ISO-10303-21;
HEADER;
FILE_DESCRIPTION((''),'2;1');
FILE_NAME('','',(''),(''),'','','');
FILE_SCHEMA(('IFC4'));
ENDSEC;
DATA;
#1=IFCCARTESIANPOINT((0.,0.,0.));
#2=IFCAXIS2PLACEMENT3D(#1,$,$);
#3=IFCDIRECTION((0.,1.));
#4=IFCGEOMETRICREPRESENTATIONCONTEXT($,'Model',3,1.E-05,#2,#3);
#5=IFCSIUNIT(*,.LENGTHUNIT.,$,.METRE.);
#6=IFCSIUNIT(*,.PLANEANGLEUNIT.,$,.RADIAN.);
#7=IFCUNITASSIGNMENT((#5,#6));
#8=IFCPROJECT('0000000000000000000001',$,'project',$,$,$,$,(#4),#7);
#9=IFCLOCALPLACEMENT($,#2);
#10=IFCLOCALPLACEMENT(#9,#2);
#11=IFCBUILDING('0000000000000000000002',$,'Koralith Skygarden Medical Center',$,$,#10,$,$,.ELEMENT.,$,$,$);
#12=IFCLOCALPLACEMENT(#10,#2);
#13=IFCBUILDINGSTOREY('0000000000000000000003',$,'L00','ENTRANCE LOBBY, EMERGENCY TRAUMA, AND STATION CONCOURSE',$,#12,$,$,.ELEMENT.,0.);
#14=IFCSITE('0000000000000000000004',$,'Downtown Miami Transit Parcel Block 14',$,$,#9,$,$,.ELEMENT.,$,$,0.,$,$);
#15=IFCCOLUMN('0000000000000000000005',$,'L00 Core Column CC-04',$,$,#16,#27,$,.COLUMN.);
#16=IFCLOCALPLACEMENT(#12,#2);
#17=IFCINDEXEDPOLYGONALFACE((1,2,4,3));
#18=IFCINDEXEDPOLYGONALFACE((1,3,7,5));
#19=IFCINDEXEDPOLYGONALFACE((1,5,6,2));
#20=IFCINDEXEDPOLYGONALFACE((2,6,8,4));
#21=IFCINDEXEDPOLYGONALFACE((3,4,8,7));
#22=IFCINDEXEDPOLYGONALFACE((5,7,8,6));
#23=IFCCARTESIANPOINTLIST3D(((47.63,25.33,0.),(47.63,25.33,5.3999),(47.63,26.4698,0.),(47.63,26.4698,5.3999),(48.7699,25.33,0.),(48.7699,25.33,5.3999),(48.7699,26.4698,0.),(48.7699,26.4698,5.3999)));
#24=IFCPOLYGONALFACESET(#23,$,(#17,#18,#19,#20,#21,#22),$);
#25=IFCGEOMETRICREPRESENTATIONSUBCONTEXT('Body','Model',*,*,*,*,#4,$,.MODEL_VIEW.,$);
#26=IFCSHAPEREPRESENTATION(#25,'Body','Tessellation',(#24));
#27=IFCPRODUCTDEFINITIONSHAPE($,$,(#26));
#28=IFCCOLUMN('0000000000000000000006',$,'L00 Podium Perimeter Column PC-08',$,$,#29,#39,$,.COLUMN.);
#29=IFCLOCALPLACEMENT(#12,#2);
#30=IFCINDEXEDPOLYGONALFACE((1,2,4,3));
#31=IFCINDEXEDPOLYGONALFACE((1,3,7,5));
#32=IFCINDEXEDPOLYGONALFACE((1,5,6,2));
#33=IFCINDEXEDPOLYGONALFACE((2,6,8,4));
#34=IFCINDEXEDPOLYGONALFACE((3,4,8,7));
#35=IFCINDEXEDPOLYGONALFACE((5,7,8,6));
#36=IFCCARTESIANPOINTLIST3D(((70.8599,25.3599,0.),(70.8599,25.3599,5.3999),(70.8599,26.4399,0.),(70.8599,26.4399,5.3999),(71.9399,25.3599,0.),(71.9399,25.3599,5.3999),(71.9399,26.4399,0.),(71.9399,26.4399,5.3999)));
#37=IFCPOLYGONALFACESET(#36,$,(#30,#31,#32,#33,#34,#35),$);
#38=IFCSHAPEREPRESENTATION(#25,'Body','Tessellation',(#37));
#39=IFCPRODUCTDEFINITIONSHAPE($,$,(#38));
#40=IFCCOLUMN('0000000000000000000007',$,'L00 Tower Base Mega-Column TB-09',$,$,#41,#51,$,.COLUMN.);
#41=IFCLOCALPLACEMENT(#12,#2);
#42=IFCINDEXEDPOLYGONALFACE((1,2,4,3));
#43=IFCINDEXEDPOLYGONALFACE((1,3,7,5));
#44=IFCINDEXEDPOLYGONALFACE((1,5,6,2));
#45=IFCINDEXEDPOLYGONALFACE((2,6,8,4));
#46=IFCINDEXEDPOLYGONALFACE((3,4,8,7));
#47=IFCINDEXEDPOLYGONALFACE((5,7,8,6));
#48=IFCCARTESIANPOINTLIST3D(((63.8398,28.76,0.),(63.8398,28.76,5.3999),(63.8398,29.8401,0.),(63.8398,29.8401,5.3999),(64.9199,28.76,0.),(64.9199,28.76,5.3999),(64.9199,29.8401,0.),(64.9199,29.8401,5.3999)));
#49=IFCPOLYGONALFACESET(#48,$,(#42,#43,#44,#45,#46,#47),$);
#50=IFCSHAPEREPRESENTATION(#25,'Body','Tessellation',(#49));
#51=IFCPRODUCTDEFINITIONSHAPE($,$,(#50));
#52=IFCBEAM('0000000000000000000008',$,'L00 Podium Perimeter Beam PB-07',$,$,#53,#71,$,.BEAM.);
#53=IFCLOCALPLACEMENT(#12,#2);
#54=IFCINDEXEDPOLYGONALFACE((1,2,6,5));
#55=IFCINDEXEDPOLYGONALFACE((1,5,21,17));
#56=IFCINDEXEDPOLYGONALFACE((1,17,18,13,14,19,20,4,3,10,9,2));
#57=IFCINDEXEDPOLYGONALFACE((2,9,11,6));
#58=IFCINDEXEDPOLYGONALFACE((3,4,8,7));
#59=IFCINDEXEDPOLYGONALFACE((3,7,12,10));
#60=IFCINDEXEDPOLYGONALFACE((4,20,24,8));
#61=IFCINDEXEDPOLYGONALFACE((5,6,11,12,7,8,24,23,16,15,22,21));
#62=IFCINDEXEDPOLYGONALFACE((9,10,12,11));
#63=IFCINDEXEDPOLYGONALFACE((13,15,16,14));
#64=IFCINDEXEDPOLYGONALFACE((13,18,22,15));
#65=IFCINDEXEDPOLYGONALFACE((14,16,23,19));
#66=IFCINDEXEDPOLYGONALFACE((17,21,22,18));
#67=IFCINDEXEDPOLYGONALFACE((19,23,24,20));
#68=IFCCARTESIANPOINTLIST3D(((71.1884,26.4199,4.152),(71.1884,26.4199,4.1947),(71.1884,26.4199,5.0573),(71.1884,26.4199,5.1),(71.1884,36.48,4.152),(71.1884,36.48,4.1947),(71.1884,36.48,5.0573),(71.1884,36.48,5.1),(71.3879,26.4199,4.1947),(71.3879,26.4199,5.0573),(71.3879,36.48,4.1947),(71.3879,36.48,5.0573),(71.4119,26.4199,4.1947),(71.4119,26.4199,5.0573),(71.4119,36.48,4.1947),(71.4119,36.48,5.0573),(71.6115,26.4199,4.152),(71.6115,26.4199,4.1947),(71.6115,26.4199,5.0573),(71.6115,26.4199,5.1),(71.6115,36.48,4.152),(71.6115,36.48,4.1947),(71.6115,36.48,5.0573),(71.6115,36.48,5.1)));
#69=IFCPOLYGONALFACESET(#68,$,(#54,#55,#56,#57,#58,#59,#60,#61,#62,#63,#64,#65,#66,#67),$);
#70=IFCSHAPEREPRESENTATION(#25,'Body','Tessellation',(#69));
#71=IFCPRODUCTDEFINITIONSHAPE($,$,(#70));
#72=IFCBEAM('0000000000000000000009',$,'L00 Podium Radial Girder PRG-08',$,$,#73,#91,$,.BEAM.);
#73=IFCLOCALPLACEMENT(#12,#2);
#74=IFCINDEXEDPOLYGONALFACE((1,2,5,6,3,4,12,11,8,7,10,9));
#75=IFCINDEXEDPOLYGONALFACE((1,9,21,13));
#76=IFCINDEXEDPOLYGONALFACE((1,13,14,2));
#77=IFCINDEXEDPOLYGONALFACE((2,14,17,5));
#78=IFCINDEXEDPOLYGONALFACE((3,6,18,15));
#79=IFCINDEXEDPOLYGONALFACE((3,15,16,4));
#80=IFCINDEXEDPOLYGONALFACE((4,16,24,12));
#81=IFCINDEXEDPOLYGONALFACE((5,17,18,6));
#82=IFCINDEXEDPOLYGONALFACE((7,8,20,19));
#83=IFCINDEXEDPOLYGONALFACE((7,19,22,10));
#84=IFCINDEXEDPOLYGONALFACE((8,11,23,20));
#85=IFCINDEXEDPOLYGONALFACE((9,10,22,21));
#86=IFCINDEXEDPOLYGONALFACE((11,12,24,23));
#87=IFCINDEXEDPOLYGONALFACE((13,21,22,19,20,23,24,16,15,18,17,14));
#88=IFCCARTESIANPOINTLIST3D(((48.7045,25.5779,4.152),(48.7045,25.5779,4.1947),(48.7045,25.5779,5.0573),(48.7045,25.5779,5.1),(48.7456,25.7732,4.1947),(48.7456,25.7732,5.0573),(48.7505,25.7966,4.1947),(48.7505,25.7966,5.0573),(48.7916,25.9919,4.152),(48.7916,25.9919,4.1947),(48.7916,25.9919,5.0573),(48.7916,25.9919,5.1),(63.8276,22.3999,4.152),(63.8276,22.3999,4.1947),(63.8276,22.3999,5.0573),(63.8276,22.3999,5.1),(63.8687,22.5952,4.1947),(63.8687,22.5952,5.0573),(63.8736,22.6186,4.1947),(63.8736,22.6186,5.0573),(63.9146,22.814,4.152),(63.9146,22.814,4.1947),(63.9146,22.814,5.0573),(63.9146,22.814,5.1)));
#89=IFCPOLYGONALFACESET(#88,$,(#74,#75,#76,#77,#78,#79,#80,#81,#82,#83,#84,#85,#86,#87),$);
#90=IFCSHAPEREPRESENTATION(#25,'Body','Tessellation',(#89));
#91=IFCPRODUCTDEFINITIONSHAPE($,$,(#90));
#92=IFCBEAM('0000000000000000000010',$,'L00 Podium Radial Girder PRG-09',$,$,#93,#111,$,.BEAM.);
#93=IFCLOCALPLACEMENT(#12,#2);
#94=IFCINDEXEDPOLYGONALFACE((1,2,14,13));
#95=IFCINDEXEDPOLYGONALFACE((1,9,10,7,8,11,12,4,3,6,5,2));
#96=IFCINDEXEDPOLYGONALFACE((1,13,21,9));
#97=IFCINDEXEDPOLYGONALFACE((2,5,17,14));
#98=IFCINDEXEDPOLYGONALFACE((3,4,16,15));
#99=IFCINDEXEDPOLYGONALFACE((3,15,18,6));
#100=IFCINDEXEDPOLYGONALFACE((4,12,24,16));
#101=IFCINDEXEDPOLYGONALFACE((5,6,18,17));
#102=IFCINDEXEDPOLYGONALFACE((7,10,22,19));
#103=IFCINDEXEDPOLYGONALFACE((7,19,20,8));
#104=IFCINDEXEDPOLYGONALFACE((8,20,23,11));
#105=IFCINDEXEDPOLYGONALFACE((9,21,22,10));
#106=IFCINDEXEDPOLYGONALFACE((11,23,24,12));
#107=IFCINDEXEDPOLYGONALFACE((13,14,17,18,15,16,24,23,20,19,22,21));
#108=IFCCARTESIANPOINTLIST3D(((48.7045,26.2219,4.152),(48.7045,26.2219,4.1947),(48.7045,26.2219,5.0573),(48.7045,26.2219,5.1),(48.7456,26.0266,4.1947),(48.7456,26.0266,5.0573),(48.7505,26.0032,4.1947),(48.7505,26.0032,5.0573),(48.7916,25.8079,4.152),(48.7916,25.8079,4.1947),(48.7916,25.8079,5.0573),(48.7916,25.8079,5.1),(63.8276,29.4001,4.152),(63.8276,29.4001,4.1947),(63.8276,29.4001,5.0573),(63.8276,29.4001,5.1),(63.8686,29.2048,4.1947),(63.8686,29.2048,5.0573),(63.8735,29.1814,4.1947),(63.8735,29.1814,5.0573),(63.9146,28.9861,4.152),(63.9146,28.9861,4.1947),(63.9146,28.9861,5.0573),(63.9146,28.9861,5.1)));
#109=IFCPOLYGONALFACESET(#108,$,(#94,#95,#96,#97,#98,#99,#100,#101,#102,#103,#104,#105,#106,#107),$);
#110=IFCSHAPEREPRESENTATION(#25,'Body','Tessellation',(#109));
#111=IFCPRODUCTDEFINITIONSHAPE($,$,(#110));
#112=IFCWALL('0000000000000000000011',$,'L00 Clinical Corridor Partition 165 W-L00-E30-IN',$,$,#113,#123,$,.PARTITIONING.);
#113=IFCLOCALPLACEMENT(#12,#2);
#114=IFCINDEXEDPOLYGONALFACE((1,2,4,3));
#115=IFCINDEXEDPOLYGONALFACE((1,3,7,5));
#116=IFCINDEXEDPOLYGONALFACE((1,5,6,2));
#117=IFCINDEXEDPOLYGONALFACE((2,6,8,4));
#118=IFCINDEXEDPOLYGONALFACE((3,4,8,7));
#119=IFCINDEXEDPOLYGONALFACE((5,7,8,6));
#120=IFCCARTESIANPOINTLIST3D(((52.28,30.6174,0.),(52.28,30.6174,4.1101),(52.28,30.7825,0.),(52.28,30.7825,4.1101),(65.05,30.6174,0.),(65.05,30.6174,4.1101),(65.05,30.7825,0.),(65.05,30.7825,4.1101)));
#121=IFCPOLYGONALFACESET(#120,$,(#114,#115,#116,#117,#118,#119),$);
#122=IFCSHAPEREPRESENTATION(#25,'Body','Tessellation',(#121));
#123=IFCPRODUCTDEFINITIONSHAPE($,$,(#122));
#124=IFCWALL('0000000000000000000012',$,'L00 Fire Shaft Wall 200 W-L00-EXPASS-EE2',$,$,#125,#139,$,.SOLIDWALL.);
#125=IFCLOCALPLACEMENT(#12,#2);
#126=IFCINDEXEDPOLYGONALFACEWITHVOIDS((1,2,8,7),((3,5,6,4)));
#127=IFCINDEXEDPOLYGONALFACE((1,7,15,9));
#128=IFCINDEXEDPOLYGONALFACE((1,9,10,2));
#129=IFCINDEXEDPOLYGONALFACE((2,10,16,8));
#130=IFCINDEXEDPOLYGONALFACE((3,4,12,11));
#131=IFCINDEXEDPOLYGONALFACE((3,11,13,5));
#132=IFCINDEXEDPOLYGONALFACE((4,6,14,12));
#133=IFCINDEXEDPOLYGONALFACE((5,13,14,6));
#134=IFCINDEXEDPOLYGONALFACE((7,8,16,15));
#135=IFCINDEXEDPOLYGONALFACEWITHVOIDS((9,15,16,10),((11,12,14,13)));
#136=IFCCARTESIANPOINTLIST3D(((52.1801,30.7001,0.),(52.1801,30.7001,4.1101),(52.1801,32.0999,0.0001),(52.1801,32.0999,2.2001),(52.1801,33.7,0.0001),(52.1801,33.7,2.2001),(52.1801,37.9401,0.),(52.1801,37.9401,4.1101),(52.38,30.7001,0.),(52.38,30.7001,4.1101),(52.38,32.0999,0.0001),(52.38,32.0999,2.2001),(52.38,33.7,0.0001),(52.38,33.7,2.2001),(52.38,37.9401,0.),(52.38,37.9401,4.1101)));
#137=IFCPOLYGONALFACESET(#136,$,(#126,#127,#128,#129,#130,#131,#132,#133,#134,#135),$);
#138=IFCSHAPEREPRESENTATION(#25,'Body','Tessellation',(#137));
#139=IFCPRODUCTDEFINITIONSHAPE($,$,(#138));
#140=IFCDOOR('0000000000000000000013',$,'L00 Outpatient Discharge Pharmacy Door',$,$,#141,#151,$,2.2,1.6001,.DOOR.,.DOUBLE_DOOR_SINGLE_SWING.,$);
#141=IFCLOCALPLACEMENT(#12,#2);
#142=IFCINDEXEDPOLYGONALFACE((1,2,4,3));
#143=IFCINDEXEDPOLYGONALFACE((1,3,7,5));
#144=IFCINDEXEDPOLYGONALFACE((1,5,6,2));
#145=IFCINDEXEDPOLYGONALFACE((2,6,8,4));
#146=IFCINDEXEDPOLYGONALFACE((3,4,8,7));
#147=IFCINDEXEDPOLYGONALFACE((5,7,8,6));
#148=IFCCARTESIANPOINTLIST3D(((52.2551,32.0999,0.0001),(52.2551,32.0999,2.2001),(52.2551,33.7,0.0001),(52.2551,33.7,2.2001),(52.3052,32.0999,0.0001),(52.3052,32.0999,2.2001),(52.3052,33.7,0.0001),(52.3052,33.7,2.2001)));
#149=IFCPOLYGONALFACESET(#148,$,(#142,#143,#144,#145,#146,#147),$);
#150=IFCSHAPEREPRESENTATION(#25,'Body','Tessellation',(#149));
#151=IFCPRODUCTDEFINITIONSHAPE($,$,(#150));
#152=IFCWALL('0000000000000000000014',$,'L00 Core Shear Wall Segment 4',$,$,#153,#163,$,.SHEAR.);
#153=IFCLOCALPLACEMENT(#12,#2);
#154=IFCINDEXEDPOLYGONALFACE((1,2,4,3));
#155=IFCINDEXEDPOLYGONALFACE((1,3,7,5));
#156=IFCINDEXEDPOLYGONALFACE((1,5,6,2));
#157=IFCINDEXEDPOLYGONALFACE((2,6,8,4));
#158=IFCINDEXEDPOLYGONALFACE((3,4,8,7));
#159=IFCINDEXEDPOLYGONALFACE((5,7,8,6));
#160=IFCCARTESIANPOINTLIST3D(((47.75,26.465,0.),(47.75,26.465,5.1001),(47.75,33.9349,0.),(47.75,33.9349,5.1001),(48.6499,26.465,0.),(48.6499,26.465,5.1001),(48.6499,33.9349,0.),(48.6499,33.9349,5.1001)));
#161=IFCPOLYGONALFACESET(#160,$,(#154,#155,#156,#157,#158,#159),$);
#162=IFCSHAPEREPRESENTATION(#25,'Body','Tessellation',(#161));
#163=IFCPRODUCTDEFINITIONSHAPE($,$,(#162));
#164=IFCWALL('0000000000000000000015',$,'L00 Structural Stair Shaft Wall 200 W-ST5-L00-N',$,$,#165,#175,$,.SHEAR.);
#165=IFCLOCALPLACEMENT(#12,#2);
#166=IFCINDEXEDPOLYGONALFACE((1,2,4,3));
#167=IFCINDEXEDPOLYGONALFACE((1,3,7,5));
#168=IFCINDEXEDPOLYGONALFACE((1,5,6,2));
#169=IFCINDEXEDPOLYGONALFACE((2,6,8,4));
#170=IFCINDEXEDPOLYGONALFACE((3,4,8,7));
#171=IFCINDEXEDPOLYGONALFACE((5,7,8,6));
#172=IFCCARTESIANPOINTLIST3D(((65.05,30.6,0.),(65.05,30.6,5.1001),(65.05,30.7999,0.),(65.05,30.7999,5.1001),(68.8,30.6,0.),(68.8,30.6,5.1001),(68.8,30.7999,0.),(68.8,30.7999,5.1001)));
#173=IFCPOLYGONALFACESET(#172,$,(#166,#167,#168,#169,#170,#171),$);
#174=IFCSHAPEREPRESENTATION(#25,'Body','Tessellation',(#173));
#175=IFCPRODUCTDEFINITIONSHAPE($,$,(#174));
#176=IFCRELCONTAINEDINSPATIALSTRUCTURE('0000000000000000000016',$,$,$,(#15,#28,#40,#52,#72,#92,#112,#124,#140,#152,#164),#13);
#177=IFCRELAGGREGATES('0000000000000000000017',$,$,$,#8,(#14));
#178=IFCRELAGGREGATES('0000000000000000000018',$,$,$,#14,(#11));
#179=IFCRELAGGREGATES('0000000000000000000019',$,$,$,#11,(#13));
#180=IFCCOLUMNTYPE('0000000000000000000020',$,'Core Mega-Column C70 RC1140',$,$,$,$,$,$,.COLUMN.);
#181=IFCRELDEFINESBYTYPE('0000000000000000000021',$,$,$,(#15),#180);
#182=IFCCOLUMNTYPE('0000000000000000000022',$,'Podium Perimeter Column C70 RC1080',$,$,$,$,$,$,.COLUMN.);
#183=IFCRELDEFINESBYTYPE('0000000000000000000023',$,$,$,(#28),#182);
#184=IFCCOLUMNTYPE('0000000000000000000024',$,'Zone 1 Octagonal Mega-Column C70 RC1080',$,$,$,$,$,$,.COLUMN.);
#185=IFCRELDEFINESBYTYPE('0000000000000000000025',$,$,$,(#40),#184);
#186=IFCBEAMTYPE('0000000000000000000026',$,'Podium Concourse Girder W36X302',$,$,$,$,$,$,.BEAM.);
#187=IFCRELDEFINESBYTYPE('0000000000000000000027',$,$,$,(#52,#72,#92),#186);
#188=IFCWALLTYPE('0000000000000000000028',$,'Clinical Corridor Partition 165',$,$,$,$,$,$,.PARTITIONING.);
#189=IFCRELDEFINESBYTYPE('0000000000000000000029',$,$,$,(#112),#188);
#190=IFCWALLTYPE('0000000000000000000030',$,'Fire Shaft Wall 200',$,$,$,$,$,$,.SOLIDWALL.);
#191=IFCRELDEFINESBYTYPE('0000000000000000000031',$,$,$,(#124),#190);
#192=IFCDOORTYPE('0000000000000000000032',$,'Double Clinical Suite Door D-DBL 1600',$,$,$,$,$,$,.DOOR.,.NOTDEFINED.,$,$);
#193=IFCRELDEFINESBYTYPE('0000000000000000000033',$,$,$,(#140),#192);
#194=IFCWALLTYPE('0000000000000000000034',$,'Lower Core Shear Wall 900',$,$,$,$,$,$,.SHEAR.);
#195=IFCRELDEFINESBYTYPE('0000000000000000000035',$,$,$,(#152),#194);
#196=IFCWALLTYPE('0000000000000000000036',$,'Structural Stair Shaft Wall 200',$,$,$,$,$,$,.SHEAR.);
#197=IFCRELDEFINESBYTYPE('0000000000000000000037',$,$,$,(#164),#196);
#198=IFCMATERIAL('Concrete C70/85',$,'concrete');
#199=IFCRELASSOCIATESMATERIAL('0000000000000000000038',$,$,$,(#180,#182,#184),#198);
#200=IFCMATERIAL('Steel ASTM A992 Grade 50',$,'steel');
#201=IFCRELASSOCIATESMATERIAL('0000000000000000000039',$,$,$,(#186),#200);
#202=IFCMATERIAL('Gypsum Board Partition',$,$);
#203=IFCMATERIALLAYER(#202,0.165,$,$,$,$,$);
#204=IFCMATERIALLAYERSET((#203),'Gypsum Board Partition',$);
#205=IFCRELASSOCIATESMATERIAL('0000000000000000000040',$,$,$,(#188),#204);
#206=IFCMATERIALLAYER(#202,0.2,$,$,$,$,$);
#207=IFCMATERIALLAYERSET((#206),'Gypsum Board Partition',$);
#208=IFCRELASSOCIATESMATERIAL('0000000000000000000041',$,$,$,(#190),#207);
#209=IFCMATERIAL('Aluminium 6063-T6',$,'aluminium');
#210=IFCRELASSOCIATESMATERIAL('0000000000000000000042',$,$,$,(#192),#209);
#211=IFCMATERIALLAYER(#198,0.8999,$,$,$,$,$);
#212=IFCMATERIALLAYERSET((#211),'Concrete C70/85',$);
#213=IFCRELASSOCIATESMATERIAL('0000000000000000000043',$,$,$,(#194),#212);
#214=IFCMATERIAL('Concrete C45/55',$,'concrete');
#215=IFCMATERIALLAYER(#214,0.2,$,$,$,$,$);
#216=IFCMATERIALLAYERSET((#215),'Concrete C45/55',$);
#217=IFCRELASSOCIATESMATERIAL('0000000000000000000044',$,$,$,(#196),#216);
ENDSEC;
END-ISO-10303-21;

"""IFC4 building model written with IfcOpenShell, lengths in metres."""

from ifc_helpers import new_model, si_unit, direction, frame, frame_2d, origin, origin_2d, place, context, subcontext, project, spatial, rectangle, i_section, extrude, material, layer, layer_set, material_profile, profile_set, type_object, element, fill, save


model = new_model("IFC4")

# Units and contexts
model_context = context("Model", 3, precision=1e-05, world=origin(), true_north=direction((0.0, 1.0)))
body_context = subcontext(model_context, "Body", "Model", "MODEL_VIEW")
ifc_project = project(units=[si_unit("LENGTHUNIT", "METRE"), si_unit("PLANEANGLEUNIT", "RADIAN")], contexts=[model_context])

# Site, building, storey
site_placement = place(None, origin())
site = spatial("IfcSite", under=ifc_project, at=site_placement, Name="Downtown Miami Transit Parcel Block 14", CompositionType="ELEMENT", RefElevation=0.0)
building_placement = place(site_placement, origin())
building = spatial("IfcBuilding", under=site, at=building_placement, Name="Koralith Skygarden Medical Center", CompositionType="ELEMENT")
storey_placement = place(building_placement, origin())
storey = spatial("IfcBuildingStorey", under=building, at=storey_placement, Name="L00", Description="ENTRANCE LOBBY, EMERGENCY TRAUMA, AND STATION CONCOURSE", CompositionType="ELEMENT", Elevation=0.0)

# Columns
ifc_material_1 = material(Name="Concrete C70/85", Category="concrete")
ifc_material_profile_1 = material_profile(ifc_material_1, rectangle(XDim=1.1399, YDim=1.1399, at=origin_2d()), Name="RC1140X1140")
ifc_profile_set_1 = profile_set([ifc_material_profile_1], Name="Concrete C70/85")
column_type_1 = type_object("IfcColumnType", Name="Core Mega-Column C70 RC1140", PredefinedType="COLUMN", material=ifc_profile_set_1)
column_1_placement = place(storey_placement, frame((48.2, 25.8999, 0.0), z_axis=(0.0, 0.0, 1.0), x_axis=(1.0, 0.0, 0.0)))
element("IfcColumn", 1, at=column_1_placement, inside=storey, type_object=column_type_1, Name="L00 Core Column CC-04", PredefinedType="COLUMN", context=body_context, shape_type="SweptSolid", body=[
    extrude(rectangle(XDim=1.1399, YDim=1.1399, at=origin_2d()), origin(), (0.0, 0.0, 1.0), 5.3999),
])
ifc_material_profile_2 = material_profile(ifc_material_1, rectangle(XDim=1.0801, YDim=1.0801, at=origin_2d()), Name="RC1080X1080")
ifc_profile_set_2 = profile_set([ifc_material_profile_2], Name="Concrete C70/85")
column_type_2 = type_object("IfcColumnType", Name="Podium Perimeter Column C70 RC1080", PredefinedType="COLUMN", material=ifc_profile_set_2)
column_2_placement = place(storey_placement, frame((71.3999, 25.8999, 0.0), z_axis=(0.0, 0.0, 1.0), x_axis=(1.0, 0.0, 0.0)))
element("IfcColumn", 2, at=column_2_placement, inside=storey, type_object=column_type_2, Name="L00 Podium Perimeter Column PC-08", PredefinedType="COLUMN", context=body_context, shape_type="SweptSolid", body=[
    extrude(rectangle(XDim=1.0801, YDim=1.0801, at=origin_2d()), origin(), (0.0, 0.0, 1.0), 5.3999),
])
ifc_material_profile_3 = material_profile(ifc_material_1, rectangle(XDim=1.0801, YDim=1.0801, at=origin_2d()), Name="RC1080X1080")
ifc_profile_set_3 = profile_set([ifc_material_profile_3], Name="Concrete C70/85")
column_type_3 = type_object("IfcColumnType", Name="Zone 1 Octagonal Mega-Column C70 RC1080", PredefinedType="COLUMN", material=ifc_profile_set_3)
column_3_placement = place(storey_placement, frame((64.3799, 29.3, 0.0), z_axis=(0.0, 0.0, 1.0), x_axis=(1.0, 0.0, 0.0)))
element("IfcColumn", 3, at=column_3_placement, inside=storey, type_object=column_type_3, Name="L00 Tower Base Mega-Column TB-09", PredefinedType="COLUMN", context=body_context, shape_type="SweptSolid", body=[
    extrude(rectangle(XDim=1.0801, YDim=1.0801, at=origin_2d()), origin(), (0.0, 0.0, 1.0), 5.3999),
])

# Beams
ifc_material_2 = material(Name="Steel ASTM A992 Grade 50", Category="steel")
ifc_material_profile_4 = material_profile(ifc_material_2, i_section(OverallWidth=0.4231, OverallDepth=0.948, WebThickness=0.0239, FlangeThickness=0.0427, at=origin_2d()), Name="W36X302")
ifc_profile_set_4 = profile_set([ifc_material_profile_4], Name="Steel ASTM A992 Grade 50")
beam_type = type_object("IfcBeamType", Name="Podium Concourse Girder W36X302", PredefinedType="BEAM", material=ifc_profile_set_4)
beam_placement = place(storey_placement, frame((71.3999, 26.4199, 4.626), z_axis=(0.0, 1.0, 0.0), x_axis=(-1.0, 0.0, 0.0)))
element("IfcBeam", 4, at=beam_placement, inside=storey, type_object=beam_type, Name="L00 Podium Perimeter Beam PB-07", PredefinedType="BEAM", context=body_context, shape_type="SweptSolid", body=[
    extrude(i_section(OverallWidth=0.4231, OverallDepth=0.948, WebThickness=0.0239, FlangeThickness=0.0427, at=origin_2d()), origin(), (0.0, 0.0, 1.0), 10.0601),
])
for number, where, z_axis, x_axis, name in (
    (5, (48.748, 25.7849, 4.626), (0.978626, -0.20565, 0.0), (0.20565, 0.978626, 0.0), "L00 Podium Radial Girder PRG-08"),
    (6, (48.748, 26.0149, 4.626), (0.978622, 0.205665, 0.0), (-0.205665, 0.978622, 0.0), "L00 Podium Radial Girder PRG-09"),
):
    element("IfcBeam", number, at=place(storey_placement, frame(where, z_axis=z_axis, x_axis=x_axis)), inside=storey, type_object=beam_type, Name=name, PredefinedType="BEAM", context=body_context, shape_type="SweptSolid", body=[
        extrude(i_section(OverallWidth=0.4231, OverallDepth=0.948, WebThickness=0.0239, FlangeThickness=0.0427, at=origin_2d()), origin(), (0.0, 0.0, 1.0), 15.4534),
    ])

# Wall
ifc_material_3 = material(Name="Gypsum Board Partition")
ifc_layer_1 = layer(ifc_material_3, 0.165)
ifc_layer_set_1 = layer_set([ifc_layer_1], Name="Gypsum Board Partition")
wall_type_1 = type_object("IfcWallType", Name="Clinical Corridor Partition 165", PredefinedType="PARTITIONING", material=ifc_layer_set_1)
wall_1_placement = place(storey_placement, frame((52.28, 30.7, 0.0), z_axis=(0.0, 0.0, 1.0), x_axis=(1.0, 0.0, 0.0)))
element("IfcWall", 7, at=wall_1_placement, inside=storey, type_object=wall_type_1, Name="L00 Clinical Corridor Partition 165 W-L00-E30-IN", PredefinedType="PARTITIONING", context=body_context, shape_type="SweptSolid", body=[
    extrude(rectangle(XDim=12.77, YDim=0.165, at=frame_2d((6.385, 0.0))), origin(), (0.0, 0.0, 1.0), 4.1101),
])

# Wall, opening, door
ifc_layer_2 = layer(ifc_material_3, 0.2)
ifc_layer_set_2 = layer_set([ifc_layer_2], Name="Gypsum Board Partition")
wall_type_2 = type_object("IfcWallType", Name="Fire Shaft Wall 200", PredefinedType="SOLIDWALL", material=ifc_layer_set_2)
wall_2_placement = place(storey_placement, frame((52.28, 30.7, 0.0), z_axis=(0.0, 0.0, 1.0), x_axis=(0.0, 1.0, 0.0)))
wall_2 = element("IfcWall", 8, at=wall_2_placement, inside=storey, type_object=wall_type_2, Name="L00 Fire Shaft Wall 200 W-L00-EXPASS-EE2", PredefinedType="SOLIDWALL", context=body_context, shape_type="SweptSolid", body=[
    extrude(rectangle(XDim=7.24, YDim=0.2, at=frame_2d((3.6201, 0.0))), origin(), (0.0, 0.0, 1.0), 4.1101),
])
opening_placement = place(wall_2_placement, frame((1.3999, 0.0, 0.0)))
opening = element("IfcOpeningElement", 9, at=opening_placement, cuts=wall_2, PredefinedType="OPENING", context=body_context, shape_type="SweptSolid", body=[
    extrude(rectangle(XDim=1.6001, YDim=2.2, at=frame_2d((0.8, 1.1001))), frame((0.0, 0.1099, 0.0), z_axis=(0.0, -1.0, 0.0), x_axis=(1.0, 0.0, 0.0)), (0.0, 0.0, 1.0), 0.22),
])
ifc_material_4 = material(Name="Aluminium 6063-T6", Category="aluminium")
door_type = type_object("IfcDoorType", Name="Double Clinical Suite Door D-DBL 1600", OperationType="NOTDEFINED", PredefinedType="DOOR", material=ifc_material_4)
door_placement = place(opening_placement, origin())
door = element("IfcDoor", 10, at=door_placement, inside=storey, type_object=door_type, Name="L00 Outpatient Discharge Pharmacy Door", OperationType="DOUBLE_DOOR_SINGLE_SWING", OverallHeight=2.2, OverallWidth=1.6001, PredefinedType="DOOR", context=body_context, shape_type="SweptSolid", body=[
    extrude(rectangle(XDim=1.6001, YDim=2.2, at=frame_2d((0.8, 1.1001))), frame((0.0, 0.0249, 0.0), z_axis=(0.0, -1.0, 0.0), x_axis=(1.0, 0.0, 0.0)), (0.0, 0.0, 1.0), 0.05),
])
fill(opening, door)

# Walls
ifc_layer_3 = layer(ifc_material_1, 0.8999)
ifc_layer_set_3 = layer_set([ifc_layer_3], Name="Concrete C70/85")
wall_type_3 = type_object("IfcWallType", Name="Lower Core Shear Wall 900", PredefinedType="SHEAR", material=ifc_layer_set_3)
wall_3_placement = place(storey_placement, frame((48.2, 26.4651, 0.0), z_axis=(0.0, 0.0, 1.0), x_axis=(0.0, 1.0, 0.0)))
element("IfcWall", 11, at=wall_3_placement, inside=storey, type_object=wall_type_3, Name="L00 Core Shear Wall Segment 4", PredefinedType="SHEAR", context=body_context, shape_type="SweptSolid", body=[
    extrude(rectangle(XDim=7.47, YDim=0.8999, at=frame_2d((3.7349, 0.0))), origin(), (0.0, 0.0, 1.0), 5.1001),
])
ifc_material_5 = material(Name="Concrete C45/55", Category="concrete")
ifc_layer_4 = layer(ifc_material_5, 0.2)
ifc_layer_set_4 = layer_set([ifc_layer_4], Name="Concrete C45/55")
wall_type_4 = type_object("IfcWallType", Name="Structural Stair Shaft Wall 200", PredefinedType="SHEAR", material=ifc_layer_set_4)
wall_4_placement = place(storey_placement, frame((65.05, 30.7, 0.0), z_axis=(0.0, 0.0, 1.0), x_axis=(1.0, 0.0, 0.0)))
element("IfcWall", 12, at=wall_4_placement, inside=storey, type_object=wall_type_4, Name="L00 Structural Stair Shaft Wall 200 W-ST5-L00-N", PredefinedType="SHEAR", context=body_context, shape_type="SweptSolid", body=[
    extrude(rectangle(XDim=3.75, YDim=0.2, at=frame_2d((1.875, 0.0))), origin(), (0.0, 0.0, 1.0), 5.1001),
])

save(model, "model.ifc")
